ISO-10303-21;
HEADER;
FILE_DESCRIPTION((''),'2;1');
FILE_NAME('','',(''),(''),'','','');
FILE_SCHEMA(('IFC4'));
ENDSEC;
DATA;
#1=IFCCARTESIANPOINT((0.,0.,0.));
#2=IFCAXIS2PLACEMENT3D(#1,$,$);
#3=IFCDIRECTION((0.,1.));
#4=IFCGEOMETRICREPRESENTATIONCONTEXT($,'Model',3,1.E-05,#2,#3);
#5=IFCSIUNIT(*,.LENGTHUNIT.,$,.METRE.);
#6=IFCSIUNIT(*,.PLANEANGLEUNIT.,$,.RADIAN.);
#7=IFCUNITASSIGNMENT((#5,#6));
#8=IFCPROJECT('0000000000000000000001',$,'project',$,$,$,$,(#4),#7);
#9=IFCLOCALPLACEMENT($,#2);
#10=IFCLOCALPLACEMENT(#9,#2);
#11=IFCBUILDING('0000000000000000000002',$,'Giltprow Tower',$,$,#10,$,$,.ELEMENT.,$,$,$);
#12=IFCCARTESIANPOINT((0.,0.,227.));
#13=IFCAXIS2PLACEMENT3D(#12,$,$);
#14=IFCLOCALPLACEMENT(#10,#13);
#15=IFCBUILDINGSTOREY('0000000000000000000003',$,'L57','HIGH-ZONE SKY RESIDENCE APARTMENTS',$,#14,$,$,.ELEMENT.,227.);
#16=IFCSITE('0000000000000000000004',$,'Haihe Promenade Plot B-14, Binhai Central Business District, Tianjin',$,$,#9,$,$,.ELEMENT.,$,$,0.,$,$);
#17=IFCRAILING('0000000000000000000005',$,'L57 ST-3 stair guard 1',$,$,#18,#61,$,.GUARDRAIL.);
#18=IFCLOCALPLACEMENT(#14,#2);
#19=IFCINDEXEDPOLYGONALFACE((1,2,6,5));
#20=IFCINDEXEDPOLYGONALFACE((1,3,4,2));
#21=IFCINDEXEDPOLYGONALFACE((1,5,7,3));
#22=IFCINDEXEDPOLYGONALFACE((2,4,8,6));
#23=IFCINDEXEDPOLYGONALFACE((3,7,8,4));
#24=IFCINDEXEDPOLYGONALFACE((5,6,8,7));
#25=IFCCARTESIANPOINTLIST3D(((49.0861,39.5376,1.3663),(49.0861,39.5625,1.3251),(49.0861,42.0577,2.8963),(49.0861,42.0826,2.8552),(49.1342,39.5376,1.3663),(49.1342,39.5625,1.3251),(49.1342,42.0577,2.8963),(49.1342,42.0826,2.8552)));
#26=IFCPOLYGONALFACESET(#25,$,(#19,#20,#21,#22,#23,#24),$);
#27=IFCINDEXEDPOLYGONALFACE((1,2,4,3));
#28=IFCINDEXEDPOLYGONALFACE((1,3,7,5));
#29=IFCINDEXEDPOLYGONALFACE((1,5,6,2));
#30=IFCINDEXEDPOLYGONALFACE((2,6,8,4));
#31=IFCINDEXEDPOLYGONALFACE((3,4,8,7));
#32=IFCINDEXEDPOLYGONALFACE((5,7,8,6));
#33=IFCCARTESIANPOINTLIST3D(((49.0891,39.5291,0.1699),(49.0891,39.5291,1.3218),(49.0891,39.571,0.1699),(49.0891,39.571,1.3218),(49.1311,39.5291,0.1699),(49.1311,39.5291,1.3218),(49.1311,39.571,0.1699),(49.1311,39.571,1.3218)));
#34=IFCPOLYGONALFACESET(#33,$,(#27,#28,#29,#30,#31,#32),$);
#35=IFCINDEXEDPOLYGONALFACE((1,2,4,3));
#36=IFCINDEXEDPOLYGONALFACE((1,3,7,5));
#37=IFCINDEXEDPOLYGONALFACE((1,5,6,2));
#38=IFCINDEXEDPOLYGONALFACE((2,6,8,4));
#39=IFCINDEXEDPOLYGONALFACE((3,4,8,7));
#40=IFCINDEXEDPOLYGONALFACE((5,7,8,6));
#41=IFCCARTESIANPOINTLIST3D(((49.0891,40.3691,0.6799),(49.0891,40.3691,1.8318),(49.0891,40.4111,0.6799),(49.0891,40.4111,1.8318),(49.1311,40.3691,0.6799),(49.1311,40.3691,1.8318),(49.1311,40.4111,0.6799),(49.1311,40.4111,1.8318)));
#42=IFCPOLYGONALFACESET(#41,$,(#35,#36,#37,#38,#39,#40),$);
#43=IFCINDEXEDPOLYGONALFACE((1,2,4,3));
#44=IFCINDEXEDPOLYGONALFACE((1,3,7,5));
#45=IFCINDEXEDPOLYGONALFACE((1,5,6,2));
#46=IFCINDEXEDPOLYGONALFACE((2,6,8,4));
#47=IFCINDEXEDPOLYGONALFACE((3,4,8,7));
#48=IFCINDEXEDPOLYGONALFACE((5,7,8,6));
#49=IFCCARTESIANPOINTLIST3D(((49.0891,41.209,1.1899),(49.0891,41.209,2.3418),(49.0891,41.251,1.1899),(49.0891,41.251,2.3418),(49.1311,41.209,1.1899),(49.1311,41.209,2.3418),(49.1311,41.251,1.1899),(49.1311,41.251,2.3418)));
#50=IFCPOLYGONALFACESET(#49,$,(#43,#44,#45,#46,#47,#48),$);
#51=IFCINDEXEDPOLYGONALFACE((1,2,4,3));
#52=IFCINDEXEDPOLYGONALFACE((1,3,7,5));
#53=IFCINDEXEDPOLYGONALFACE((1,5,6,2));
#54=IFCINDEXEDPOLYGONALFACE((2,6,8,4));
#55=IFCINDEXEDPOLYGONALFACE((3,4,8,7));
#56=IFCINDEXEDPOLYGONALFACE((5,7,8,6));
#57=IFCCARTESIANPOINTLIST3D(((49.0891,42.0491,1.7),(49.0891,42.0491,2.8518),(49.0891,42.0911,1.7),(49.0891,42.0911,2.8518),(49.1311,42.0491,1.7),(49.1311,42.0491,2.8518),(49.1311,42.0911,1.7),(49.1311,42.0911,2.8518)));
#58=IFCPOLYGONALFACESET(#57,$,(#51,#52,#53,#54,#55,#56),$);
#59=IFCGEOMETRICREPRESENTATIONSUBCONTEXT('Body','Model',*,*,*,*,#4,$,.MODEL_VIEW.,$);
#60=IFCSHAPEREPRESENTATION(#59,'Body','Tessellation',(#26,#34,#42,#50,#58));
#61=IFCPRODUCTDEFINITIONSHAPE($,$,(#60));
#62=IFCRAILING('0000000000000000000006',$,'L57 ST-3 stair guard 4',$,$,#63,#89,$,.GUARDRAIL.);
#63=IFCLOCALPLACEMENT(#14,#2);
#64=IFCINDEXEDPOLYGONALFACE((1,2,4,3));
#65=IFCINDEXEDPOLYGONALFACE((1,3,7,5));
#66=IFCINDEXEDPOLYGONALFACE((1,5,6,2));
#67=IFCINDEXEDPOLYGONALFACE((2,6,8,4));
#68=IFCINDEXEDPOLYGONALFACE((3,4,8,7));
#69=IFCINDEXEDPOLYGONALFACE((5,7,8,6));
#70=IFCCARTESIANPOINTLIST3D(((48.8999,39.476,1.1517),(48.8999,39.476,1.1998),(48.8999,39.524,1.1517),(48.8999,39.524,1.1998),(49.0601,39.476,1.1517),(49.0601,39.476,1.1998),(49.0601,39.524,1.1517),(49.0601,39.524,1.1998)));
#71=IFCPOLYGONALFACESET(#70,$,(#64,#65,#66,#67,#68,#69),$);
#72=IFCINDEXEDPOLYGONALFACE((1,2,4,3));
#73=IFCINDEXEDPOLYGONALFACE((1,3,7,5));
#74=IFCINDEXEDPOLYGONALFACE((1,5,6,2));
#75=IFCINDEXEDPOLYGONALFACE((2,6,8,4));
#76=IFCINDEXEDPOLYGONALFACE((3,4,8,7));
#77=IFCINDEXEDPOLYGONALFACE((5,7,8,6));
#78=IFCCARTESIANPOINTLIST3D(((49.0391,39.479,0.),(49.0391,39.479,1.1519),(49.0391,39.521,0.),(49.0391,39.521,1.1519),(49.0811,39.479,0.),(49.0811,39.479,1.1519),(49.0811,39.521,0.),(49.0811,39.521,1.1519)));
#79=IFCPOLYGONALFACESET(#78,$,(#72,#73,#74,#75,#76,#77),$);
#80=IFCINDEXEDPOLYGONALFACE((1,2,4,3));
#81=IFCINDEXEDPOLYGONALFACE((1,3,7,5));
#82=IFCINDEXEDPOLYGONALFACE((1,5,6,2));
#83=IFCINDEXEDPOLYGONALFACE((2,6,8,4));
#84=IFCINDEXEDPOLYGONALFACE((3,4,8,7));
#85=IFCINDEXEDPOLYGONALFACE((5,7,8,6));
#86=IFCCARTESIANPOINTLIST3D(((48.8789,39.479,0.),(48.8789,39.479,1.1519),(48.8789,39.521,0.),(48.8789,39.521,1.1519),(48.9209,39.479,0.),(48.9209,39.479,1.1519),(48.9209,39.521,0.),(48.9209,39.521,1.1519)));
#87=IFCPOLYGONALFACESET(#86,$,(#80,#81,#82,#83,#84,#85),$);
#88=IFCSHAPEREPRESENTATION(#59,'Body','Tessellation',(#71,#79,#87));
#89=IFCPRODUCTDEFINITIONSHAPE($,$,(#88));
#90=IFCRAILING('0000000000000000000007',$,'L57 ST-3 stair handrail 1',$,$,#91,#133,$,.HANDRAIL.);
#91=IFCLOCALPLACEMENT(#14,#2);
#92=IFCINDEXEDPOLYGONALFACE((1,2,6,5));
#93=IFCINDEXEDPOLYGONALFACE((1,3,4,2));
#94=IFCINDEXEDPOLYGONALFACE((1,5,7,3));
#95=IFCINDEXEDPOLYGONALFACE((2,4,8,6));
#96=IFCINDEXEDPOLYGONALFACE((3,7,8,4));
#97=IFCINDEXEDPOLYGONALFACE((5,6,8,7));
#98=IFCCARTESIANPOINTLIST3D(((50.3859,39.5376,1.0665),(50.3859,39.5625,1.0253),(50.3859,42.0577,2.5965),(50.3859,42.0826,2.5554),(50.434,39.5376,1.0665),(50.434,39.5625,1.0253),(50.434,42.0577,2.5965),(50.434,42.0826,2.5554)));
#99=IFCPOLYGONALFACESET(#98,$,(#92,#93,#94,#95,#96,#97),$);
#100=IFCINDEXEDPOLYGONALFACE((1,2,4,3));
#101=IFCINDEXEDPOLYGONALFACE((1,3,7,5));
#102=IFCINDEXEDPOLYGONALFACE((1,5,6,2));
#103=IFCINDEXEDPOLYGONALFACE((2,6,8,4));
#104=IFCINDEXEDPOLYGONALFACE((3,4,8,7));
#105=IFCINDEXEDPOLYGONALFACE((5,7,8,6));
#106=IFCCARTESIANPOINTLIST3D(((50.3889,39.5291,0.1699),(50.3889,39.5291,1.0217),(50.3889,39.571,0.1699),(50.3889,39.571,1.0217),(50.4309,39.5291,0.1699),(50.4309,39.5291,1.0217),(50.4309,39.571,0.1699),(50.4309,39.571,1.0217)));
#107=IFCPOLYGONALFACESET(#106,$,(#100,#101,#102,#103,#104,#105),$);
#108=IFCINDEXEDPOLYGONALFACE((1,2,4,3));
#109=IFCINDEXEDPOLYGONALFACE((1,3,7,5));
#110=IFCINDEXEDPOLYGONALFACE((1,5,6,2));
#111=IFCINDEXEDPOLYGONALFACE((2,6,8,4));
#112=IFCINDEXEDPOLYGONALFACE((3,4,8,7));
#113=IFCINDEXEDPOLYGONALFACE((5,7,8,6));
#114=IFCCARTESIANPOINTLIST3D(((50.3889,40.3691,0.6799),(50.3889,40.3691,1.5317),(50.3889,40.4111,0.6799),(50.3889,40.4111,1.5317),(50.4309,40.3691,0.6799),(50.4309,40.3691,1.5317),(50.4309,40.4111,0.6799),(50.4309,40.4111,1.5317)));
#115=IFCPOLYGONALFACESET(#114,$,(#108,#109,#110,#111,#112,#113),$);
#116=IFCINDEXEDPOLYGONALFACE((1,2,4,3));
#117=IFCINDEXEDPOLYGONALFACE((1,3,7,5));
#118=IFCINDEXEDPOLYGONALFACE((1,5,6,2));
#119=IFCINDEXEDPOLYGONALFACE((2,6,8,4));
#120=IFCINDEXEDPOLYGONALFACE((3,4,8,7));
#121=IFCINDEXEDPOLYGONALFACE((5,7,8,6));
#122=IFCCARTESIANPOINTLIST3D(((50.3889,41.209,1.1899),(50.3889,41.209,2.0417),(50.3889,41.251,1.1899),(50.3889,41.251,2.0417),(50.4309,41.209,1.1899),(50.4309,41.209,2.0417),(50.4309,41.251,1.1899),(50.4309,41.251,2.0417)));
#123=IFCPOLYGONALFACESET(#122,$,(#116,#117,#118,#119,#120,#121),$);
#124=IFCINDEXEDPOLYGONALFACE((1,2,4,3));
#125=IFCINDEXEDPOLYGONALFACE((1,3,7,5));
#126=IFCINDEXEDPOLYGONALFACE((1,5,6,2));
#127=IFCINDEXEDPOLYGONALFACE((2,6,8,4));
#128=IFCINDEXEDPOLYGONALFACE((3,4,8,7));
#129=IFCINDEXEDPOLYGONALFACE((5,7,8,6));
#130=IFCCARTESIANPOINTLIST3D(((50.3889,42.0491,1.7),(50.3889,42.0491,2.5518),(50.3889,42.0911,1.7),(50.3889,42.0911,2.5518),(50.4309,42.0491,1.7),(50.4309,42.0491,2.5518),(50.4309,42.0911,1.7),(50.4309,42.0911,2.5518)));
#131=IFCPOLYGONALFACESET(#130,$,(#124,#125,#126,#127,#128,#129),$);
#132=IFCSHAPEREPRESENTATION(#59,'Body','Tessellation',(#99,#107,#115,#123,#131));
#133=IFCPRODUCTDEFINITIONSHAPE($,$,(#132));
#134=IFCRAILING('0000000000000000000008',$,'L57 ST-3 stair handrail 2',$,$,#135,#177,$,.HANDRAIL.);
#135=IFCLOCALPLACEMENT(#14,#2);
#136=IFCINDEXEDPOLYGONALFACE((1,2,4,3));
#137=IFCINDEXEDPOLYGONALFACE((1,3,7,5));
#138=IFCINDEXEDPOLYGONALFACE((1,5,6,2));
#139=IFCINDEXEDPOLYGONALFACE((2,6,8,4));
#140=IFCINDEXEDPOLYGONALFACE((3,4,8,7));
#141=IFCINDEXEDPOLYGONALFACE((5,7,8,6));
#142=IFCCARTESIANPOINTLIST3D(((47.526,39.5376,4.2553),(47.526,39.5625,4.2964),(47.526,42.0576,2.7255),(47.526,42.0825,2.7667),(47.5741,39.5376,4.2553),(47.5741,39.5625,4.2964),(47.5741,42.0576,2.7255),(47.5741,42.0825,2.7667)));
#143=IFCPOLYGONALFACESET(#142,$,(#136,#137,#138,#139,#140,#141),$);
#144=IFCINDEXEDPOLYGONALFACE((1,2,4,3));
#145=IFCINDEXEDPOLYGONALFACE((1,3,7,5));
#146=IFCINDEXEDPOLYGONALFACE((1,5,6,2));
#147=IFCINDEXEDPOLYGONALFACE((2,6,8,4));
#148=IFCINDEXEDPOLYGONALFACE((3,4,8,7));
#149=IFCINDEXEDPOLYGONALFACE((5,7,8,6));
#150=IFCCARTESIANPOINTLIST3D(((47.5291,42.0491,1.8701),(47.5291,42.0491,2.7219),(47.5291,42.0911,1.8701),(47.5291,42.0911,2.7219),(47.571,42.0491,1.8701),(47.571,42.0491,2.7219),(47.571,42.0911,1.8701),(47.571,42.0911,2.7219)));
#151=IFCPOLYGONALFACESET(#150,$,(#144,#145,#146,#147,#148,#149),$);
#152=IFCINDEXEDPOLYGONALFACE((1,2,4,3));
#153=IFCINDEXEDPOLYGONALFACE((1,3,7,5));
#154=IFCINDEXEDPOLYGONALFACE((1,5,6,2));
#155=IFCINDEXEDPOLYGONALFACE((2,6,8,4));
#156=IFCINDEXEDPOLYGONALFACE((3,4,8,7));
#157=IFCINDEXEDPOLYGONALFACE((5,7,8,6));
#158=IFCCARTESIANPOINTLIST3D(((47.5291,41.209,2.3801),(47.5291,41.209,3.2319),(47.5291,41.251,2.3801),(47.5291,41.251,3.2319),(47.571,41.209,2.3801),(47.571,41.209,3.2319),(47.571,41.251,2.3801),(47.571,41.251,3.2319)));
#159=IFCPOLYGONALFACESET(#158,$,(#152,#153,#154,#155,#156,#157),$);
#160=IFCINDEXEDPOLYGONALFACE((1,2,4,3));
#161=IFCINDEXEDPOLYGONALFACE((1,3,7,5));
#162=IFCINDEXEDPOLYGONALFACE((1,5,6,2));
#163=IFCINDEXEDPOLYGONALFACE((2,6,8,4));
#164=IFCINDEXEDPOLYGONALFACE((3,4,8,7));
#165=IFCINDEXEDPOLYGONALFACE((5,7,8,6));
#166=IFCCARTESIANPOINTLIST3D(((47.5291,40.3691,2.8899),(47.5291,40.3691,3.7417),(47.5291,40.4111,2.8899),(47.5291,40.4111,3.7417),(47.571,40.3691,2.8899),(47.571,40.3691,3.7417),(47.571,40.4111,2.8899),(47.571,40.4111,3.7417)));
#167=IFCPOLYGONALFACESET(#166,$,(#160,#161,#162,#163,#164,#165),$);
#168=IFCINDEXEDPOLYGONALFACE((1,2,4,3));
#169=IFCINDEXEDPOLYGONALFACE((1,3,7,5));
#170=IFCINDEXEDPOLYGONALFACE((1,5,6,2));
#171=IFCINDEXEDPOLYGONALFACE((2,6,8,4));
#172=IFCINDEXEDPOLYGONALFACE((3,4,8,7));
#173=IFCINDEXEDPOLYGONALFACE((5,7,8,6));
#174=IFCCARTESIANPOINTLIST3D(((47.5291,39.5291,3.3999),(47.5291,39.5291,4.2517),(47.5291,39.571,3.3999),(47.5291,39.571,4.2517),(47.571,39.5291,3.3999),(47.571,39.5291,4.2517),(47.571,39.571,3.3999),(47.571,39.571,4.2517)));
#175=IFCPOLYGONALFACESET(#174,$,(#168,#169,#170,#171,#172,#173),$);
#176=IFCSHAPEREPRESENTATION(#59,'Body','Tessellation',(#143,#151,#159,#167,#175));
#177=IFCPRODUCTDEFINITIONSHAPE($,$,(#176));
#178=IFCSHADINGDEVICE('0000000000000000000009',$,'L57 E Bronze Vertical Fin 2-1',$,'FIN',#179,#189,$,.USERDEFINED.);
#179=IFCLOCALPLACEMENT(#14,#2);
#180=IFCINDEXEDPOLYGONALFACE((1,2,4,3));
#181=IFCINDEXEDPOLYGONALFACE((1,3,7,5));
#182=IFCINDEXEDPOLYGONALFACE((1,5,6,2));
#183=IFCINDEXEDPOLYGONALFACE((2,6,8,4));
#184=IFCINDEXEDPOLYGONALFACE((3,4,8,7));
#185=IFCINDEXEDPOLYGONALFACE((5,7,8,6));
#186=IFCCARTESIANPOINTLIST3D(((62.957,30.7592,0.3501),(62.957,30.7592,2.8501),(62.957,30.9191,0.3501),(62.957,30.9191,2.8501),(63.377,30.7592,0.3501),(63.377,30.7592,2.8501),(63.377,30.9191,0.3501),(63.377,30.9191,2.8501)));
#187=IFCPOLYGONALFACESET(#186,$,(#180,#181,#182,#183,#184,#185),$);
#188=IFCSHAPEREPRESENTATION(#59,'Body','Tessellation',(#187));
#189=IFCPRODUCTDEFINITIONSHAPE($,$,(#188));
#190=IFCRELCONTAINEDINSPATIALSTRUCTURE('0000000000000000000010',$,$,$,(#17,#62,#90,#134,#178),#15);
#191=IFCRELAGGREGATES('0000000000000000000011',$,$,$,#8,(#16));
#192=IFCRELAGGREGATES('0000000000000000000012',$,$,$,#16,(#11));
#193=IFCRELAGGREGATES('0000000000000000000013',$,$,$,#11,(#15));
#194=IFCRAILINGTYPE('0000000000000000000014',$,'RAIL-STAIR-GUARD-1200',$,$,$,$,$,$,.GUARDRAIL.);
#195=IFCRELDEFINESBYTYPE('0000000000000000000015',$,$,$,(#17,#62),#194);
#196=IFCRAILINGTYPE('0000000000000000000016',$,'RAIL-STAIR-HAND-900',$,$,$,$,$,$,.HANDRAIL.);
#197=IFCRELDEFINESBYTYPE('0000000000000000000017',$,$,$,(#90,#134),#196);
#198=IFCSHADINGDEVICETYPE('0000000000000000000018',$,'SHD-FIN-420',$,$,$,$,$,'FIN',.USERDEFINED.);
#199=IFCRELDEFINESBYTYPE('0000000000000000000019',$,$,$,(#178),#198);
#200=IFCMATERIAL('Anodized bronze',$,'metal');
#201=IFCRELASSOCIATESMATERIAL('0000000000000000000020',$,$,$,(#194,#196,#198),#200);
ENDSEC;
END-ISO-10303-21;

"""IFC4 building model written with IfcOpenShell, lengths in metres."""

from ifc_helpers import new_model, si_unit, direction, frame, origin, origin_2d, place, context, subcontext, project, spatial, rectangle, extrude, source, transform, mapped, material, type_object, element, save


model = new_model("IFC4")

# Units and contexts
model_context = context("Model", 3, precision=1e-05, world=origin(), true_north=direction((0.0, 1.0)))
body_context = subcontext(model_context, "Body", "Model", "MODEL_VIEW")
ifc_project = project(units=[si_unit("LENGTHUNIT", "METRE"), si_unit("PLANEANGLEUNIT", "RADIAN")], contexts=[model_context])

# Site, building, storey
site_placement = place(None, origin())
site = spatial("IfcSite", under=ifc_project, at=site_placement, Name="Haihe Promenade Plot B-14, Binhai Central Business District, Tianjin", CompositionType="ELEMENT", RefElevation=0.0)
building_placement = place(site_placement, origin())
building = spatial("IfcBuilding", under=site, at=building_placement, Name="Giltprow Tower", CompositionType="ELEMENT")
storey_placement = place(building_placement, frame((0.0, 0.0, 227.0)))
storey = spatial("IfcBuildingStorey", under=building, at=storey_placement, Name="L57", Description="HIGH-ZONE SKY RESIDENCE APARTMENTS", CompositionType="ELEMENT", Elevation=227.0)

# Railings
ifc_material_1 = material(Name="Anodized bronze", Category="metal")
railing_type_1 = type_object("IfcRailingType", Name="RAIL-STAIR-GUARD-1200", PredefinedType="GUARDRAIL", material=ifc_material_1)
railing_1_placement = place(storey_placement, frame((49.1101, 39.55, 0.1699)))
element("IfcRailing", 1, at=railing_1_placement, inside=storey, type_object=railing_type_1, Name="L57 ST-3 stair guard 1", PredefinedType="GUARDRAIL", context=body_context, shape_type="SweptSolid", body=[
    extrude(rectangle(XDim=0.0481, YDim=0.0481, at=origin_2d()), frame((0.0, 0.0, 1.1758), z_axis=(0.0, 0.854785, 0.518982), x_axis=(-1.0, 0.0, 0.0)), (0.0, 0.0, 1.0), 2.9482),
    extrude(rectangle(XDim=0.042, YDim=0.042, at=origin_2d()), origin(), (0.0, 0.0, 1.0), 1.1519),
    extrude(rectangle(XDim=0.042, YDim=0.042, at=origin_2d()), frame((0.0, 0.8401, 0.51)), (0.0, 0.0, 1.0), 1.1519),
    extrude(rectangle(XDim=0.042, YDim=0.042, at=origin_2d()), frame((0.0, 1.6799, 1.02)), (0.0, 0.0, 1.0), 1.1519),
    extrude(rectangle(XDim=0.042, YDim=0.042, at=origin_2d()), frame((0.0, 2.52, 1.53)), (0.0, 0.0, 1.0), 1.1519),
])
railing_2_placement = place(storey_placement, frame((49.0601, 39.5, 0.0)))
element("IfcRailing", 2, at=railing_2_placement, inside=storey, type_object=railing_type_1, Name="L57 ST-3 stair guard 4", PredefinedType="GUARDRAIL", context=body_context, shape_type="SweptSolid", body=[
    extrude(rectangle(XDim=0.0481, YDim=0.0481, at=origin_2d()), frame((0.0, 0.0, 1.1758), z_axis=(-1.0, 0.0, 0.0), x_axis=(0.0, -1.0, 0.0)), (0.0, 0.0, 1.0), 0.1602),
    extrude(rectangle(XDim=0.042, YDim=0.042, at=origin_2d()), origin(), (0.0, 0.0, 1.0), 1.1519),
    extrude(rectangle(XDim=0.042, YDim=0.042, at=origin_2d()), frame((-0.1602, 0.0, 0.0)), (0.0, 0.0, 1.0), 1.1519),
])
railing_type_2 = type_object("IfcRailingType", Name="RAIL-STAIR-HAND-900", PredefinedType="HANDRAIL", material=ifc_material_1)
railing_3_placement = place(storey_placement, frame((50.4099, 39.55, 0.1699)))
element("IfcRailing", 3, at=railing_3_placement, inside=storey, type_object=railing_type_2, Name="L57 ST-3 stair handrail 1", PredefinedType="HANDRAIL", context=body_context, shape_type="SweptSolid", body=[
    extrude(rectangle(XDim=0.0481, YDim=0.0481, at=origin_2d()), frame((0.0, 0.0, 0.876), z_axis=(0.0, 0.854785, 0.518982), x_axis=(-1.0, 0.0, 0.0)), (0.0, 0.0, 1.0), 2.9482),
    extrude(rectangle(XDim=0.042, YDim=0.042, at=origin_2d()), origin(), (0.0, 0.0, 1.0), 0.8518),
    extrude(rectangle(XDim=0.042, YDim=0.042, at=origin_2d()), frame((0.0, 0.8401, 0.51)), (0.0, 0.0, 1.0), 0.8518),
    extrude(rectangle(XDim=0.042, YDim=0.042, at=origin_2d()), frame((0.0, 1.6799, 1.02)), (0.0, 0.0, 1.0), 0.8518),
    extrude(rectangle(XDim=0.042, YDim=0.042, at=origin_2d()), frame((0.0, 2.52, 1.53)), (0.0, 0.0, 1.0), 0.8518),
])
railing_4_placement = place(storey_placement, frame((47.55, 42.0701, 1.8701)))
element("IfcRailing", 4, at=railing_4_placement, inside=storey, type_object=railing_type_2, Name="L57 ST-3 stair handrail 2", PredefinedType="HANDRAIL", context=body_context, shape_type="SweptSolid", body=[
    extrude(rectangle(XDim=0.0481, YDim=0.0481, at=origin_2d()), frame((0.0, 0.0, 0.876), z_axis=(0.0, -0.854822, 0.518922), x_axis=(1.0, 0.0, 0.0)), (0.0, 0.0, 1.0), 2.948),
    extrude(rectangle(XDim=0.042, YDim=0.042, at=origin_2d()), origin(), (0.0, 0.0, 1.0), 0.8518),
    extrude(rectangle(XDim=0.042, YDim=0.042, at=origin_2d()), frame((0.0, -0.8401, 0.51)), (0.0, 0.0, 1.0), 0.8518),
    extrude(rectangle(XDim=0.042, YDim=0.042, at=origin_2d()), frame((0.0, -1.6799, 1.0198)), (0.0, 0.0, 1.0), 0.8518),
    extrude(rectangle(XDim=0.042, YDim=0.042, at=origin_2d()), frame((0.0, -2.52, 1.5298)), (0.0, 0.0, 1.0), 0.8518),
])

# Shading device
shading_device_type = type_object("IfcShadingDeviceType", Name="SHD-FIN-420", ElementType="FIN", PredefinedType="USERDEFINED", material=ifc_material_1)
shared_shape_1 = source(origin(), body_context, "Body", "SweptSolid", [
    extrude(rectangle(XDim=0.4199, YDim=0.1599, at=origin_2d()), origin(), (0.0, 0.0, 1.0), 2.5),
])
shading_device_placement = place(storey_placement, frame((63.167, 30.8391, 0.3501), z_axis=(0.0, 0.0, 1.0), x_axis=(1.0, 0.0, 0.0)))
element("IfcShadingDevice", 5, at=shading_device_placement, inside=storey, type_object=shading_device_type, Name="L57 E Bronze Vertical Fin 2-1", ObjectType="FIN", PredefinedType="USERDEFINED", context=body_context, shape_type="MappedRepresentation", body=[
    mapped(shared_shape_1, transform((0.0, 0.0, 0.0), x_axis=(1.0, 0.0, 0.0), y_axis=(0.0, 1.0, 0.0), z_axis=(0.0, 0.0, 1.0), scale=1.0)),
])

save(model, "model.ifc")
